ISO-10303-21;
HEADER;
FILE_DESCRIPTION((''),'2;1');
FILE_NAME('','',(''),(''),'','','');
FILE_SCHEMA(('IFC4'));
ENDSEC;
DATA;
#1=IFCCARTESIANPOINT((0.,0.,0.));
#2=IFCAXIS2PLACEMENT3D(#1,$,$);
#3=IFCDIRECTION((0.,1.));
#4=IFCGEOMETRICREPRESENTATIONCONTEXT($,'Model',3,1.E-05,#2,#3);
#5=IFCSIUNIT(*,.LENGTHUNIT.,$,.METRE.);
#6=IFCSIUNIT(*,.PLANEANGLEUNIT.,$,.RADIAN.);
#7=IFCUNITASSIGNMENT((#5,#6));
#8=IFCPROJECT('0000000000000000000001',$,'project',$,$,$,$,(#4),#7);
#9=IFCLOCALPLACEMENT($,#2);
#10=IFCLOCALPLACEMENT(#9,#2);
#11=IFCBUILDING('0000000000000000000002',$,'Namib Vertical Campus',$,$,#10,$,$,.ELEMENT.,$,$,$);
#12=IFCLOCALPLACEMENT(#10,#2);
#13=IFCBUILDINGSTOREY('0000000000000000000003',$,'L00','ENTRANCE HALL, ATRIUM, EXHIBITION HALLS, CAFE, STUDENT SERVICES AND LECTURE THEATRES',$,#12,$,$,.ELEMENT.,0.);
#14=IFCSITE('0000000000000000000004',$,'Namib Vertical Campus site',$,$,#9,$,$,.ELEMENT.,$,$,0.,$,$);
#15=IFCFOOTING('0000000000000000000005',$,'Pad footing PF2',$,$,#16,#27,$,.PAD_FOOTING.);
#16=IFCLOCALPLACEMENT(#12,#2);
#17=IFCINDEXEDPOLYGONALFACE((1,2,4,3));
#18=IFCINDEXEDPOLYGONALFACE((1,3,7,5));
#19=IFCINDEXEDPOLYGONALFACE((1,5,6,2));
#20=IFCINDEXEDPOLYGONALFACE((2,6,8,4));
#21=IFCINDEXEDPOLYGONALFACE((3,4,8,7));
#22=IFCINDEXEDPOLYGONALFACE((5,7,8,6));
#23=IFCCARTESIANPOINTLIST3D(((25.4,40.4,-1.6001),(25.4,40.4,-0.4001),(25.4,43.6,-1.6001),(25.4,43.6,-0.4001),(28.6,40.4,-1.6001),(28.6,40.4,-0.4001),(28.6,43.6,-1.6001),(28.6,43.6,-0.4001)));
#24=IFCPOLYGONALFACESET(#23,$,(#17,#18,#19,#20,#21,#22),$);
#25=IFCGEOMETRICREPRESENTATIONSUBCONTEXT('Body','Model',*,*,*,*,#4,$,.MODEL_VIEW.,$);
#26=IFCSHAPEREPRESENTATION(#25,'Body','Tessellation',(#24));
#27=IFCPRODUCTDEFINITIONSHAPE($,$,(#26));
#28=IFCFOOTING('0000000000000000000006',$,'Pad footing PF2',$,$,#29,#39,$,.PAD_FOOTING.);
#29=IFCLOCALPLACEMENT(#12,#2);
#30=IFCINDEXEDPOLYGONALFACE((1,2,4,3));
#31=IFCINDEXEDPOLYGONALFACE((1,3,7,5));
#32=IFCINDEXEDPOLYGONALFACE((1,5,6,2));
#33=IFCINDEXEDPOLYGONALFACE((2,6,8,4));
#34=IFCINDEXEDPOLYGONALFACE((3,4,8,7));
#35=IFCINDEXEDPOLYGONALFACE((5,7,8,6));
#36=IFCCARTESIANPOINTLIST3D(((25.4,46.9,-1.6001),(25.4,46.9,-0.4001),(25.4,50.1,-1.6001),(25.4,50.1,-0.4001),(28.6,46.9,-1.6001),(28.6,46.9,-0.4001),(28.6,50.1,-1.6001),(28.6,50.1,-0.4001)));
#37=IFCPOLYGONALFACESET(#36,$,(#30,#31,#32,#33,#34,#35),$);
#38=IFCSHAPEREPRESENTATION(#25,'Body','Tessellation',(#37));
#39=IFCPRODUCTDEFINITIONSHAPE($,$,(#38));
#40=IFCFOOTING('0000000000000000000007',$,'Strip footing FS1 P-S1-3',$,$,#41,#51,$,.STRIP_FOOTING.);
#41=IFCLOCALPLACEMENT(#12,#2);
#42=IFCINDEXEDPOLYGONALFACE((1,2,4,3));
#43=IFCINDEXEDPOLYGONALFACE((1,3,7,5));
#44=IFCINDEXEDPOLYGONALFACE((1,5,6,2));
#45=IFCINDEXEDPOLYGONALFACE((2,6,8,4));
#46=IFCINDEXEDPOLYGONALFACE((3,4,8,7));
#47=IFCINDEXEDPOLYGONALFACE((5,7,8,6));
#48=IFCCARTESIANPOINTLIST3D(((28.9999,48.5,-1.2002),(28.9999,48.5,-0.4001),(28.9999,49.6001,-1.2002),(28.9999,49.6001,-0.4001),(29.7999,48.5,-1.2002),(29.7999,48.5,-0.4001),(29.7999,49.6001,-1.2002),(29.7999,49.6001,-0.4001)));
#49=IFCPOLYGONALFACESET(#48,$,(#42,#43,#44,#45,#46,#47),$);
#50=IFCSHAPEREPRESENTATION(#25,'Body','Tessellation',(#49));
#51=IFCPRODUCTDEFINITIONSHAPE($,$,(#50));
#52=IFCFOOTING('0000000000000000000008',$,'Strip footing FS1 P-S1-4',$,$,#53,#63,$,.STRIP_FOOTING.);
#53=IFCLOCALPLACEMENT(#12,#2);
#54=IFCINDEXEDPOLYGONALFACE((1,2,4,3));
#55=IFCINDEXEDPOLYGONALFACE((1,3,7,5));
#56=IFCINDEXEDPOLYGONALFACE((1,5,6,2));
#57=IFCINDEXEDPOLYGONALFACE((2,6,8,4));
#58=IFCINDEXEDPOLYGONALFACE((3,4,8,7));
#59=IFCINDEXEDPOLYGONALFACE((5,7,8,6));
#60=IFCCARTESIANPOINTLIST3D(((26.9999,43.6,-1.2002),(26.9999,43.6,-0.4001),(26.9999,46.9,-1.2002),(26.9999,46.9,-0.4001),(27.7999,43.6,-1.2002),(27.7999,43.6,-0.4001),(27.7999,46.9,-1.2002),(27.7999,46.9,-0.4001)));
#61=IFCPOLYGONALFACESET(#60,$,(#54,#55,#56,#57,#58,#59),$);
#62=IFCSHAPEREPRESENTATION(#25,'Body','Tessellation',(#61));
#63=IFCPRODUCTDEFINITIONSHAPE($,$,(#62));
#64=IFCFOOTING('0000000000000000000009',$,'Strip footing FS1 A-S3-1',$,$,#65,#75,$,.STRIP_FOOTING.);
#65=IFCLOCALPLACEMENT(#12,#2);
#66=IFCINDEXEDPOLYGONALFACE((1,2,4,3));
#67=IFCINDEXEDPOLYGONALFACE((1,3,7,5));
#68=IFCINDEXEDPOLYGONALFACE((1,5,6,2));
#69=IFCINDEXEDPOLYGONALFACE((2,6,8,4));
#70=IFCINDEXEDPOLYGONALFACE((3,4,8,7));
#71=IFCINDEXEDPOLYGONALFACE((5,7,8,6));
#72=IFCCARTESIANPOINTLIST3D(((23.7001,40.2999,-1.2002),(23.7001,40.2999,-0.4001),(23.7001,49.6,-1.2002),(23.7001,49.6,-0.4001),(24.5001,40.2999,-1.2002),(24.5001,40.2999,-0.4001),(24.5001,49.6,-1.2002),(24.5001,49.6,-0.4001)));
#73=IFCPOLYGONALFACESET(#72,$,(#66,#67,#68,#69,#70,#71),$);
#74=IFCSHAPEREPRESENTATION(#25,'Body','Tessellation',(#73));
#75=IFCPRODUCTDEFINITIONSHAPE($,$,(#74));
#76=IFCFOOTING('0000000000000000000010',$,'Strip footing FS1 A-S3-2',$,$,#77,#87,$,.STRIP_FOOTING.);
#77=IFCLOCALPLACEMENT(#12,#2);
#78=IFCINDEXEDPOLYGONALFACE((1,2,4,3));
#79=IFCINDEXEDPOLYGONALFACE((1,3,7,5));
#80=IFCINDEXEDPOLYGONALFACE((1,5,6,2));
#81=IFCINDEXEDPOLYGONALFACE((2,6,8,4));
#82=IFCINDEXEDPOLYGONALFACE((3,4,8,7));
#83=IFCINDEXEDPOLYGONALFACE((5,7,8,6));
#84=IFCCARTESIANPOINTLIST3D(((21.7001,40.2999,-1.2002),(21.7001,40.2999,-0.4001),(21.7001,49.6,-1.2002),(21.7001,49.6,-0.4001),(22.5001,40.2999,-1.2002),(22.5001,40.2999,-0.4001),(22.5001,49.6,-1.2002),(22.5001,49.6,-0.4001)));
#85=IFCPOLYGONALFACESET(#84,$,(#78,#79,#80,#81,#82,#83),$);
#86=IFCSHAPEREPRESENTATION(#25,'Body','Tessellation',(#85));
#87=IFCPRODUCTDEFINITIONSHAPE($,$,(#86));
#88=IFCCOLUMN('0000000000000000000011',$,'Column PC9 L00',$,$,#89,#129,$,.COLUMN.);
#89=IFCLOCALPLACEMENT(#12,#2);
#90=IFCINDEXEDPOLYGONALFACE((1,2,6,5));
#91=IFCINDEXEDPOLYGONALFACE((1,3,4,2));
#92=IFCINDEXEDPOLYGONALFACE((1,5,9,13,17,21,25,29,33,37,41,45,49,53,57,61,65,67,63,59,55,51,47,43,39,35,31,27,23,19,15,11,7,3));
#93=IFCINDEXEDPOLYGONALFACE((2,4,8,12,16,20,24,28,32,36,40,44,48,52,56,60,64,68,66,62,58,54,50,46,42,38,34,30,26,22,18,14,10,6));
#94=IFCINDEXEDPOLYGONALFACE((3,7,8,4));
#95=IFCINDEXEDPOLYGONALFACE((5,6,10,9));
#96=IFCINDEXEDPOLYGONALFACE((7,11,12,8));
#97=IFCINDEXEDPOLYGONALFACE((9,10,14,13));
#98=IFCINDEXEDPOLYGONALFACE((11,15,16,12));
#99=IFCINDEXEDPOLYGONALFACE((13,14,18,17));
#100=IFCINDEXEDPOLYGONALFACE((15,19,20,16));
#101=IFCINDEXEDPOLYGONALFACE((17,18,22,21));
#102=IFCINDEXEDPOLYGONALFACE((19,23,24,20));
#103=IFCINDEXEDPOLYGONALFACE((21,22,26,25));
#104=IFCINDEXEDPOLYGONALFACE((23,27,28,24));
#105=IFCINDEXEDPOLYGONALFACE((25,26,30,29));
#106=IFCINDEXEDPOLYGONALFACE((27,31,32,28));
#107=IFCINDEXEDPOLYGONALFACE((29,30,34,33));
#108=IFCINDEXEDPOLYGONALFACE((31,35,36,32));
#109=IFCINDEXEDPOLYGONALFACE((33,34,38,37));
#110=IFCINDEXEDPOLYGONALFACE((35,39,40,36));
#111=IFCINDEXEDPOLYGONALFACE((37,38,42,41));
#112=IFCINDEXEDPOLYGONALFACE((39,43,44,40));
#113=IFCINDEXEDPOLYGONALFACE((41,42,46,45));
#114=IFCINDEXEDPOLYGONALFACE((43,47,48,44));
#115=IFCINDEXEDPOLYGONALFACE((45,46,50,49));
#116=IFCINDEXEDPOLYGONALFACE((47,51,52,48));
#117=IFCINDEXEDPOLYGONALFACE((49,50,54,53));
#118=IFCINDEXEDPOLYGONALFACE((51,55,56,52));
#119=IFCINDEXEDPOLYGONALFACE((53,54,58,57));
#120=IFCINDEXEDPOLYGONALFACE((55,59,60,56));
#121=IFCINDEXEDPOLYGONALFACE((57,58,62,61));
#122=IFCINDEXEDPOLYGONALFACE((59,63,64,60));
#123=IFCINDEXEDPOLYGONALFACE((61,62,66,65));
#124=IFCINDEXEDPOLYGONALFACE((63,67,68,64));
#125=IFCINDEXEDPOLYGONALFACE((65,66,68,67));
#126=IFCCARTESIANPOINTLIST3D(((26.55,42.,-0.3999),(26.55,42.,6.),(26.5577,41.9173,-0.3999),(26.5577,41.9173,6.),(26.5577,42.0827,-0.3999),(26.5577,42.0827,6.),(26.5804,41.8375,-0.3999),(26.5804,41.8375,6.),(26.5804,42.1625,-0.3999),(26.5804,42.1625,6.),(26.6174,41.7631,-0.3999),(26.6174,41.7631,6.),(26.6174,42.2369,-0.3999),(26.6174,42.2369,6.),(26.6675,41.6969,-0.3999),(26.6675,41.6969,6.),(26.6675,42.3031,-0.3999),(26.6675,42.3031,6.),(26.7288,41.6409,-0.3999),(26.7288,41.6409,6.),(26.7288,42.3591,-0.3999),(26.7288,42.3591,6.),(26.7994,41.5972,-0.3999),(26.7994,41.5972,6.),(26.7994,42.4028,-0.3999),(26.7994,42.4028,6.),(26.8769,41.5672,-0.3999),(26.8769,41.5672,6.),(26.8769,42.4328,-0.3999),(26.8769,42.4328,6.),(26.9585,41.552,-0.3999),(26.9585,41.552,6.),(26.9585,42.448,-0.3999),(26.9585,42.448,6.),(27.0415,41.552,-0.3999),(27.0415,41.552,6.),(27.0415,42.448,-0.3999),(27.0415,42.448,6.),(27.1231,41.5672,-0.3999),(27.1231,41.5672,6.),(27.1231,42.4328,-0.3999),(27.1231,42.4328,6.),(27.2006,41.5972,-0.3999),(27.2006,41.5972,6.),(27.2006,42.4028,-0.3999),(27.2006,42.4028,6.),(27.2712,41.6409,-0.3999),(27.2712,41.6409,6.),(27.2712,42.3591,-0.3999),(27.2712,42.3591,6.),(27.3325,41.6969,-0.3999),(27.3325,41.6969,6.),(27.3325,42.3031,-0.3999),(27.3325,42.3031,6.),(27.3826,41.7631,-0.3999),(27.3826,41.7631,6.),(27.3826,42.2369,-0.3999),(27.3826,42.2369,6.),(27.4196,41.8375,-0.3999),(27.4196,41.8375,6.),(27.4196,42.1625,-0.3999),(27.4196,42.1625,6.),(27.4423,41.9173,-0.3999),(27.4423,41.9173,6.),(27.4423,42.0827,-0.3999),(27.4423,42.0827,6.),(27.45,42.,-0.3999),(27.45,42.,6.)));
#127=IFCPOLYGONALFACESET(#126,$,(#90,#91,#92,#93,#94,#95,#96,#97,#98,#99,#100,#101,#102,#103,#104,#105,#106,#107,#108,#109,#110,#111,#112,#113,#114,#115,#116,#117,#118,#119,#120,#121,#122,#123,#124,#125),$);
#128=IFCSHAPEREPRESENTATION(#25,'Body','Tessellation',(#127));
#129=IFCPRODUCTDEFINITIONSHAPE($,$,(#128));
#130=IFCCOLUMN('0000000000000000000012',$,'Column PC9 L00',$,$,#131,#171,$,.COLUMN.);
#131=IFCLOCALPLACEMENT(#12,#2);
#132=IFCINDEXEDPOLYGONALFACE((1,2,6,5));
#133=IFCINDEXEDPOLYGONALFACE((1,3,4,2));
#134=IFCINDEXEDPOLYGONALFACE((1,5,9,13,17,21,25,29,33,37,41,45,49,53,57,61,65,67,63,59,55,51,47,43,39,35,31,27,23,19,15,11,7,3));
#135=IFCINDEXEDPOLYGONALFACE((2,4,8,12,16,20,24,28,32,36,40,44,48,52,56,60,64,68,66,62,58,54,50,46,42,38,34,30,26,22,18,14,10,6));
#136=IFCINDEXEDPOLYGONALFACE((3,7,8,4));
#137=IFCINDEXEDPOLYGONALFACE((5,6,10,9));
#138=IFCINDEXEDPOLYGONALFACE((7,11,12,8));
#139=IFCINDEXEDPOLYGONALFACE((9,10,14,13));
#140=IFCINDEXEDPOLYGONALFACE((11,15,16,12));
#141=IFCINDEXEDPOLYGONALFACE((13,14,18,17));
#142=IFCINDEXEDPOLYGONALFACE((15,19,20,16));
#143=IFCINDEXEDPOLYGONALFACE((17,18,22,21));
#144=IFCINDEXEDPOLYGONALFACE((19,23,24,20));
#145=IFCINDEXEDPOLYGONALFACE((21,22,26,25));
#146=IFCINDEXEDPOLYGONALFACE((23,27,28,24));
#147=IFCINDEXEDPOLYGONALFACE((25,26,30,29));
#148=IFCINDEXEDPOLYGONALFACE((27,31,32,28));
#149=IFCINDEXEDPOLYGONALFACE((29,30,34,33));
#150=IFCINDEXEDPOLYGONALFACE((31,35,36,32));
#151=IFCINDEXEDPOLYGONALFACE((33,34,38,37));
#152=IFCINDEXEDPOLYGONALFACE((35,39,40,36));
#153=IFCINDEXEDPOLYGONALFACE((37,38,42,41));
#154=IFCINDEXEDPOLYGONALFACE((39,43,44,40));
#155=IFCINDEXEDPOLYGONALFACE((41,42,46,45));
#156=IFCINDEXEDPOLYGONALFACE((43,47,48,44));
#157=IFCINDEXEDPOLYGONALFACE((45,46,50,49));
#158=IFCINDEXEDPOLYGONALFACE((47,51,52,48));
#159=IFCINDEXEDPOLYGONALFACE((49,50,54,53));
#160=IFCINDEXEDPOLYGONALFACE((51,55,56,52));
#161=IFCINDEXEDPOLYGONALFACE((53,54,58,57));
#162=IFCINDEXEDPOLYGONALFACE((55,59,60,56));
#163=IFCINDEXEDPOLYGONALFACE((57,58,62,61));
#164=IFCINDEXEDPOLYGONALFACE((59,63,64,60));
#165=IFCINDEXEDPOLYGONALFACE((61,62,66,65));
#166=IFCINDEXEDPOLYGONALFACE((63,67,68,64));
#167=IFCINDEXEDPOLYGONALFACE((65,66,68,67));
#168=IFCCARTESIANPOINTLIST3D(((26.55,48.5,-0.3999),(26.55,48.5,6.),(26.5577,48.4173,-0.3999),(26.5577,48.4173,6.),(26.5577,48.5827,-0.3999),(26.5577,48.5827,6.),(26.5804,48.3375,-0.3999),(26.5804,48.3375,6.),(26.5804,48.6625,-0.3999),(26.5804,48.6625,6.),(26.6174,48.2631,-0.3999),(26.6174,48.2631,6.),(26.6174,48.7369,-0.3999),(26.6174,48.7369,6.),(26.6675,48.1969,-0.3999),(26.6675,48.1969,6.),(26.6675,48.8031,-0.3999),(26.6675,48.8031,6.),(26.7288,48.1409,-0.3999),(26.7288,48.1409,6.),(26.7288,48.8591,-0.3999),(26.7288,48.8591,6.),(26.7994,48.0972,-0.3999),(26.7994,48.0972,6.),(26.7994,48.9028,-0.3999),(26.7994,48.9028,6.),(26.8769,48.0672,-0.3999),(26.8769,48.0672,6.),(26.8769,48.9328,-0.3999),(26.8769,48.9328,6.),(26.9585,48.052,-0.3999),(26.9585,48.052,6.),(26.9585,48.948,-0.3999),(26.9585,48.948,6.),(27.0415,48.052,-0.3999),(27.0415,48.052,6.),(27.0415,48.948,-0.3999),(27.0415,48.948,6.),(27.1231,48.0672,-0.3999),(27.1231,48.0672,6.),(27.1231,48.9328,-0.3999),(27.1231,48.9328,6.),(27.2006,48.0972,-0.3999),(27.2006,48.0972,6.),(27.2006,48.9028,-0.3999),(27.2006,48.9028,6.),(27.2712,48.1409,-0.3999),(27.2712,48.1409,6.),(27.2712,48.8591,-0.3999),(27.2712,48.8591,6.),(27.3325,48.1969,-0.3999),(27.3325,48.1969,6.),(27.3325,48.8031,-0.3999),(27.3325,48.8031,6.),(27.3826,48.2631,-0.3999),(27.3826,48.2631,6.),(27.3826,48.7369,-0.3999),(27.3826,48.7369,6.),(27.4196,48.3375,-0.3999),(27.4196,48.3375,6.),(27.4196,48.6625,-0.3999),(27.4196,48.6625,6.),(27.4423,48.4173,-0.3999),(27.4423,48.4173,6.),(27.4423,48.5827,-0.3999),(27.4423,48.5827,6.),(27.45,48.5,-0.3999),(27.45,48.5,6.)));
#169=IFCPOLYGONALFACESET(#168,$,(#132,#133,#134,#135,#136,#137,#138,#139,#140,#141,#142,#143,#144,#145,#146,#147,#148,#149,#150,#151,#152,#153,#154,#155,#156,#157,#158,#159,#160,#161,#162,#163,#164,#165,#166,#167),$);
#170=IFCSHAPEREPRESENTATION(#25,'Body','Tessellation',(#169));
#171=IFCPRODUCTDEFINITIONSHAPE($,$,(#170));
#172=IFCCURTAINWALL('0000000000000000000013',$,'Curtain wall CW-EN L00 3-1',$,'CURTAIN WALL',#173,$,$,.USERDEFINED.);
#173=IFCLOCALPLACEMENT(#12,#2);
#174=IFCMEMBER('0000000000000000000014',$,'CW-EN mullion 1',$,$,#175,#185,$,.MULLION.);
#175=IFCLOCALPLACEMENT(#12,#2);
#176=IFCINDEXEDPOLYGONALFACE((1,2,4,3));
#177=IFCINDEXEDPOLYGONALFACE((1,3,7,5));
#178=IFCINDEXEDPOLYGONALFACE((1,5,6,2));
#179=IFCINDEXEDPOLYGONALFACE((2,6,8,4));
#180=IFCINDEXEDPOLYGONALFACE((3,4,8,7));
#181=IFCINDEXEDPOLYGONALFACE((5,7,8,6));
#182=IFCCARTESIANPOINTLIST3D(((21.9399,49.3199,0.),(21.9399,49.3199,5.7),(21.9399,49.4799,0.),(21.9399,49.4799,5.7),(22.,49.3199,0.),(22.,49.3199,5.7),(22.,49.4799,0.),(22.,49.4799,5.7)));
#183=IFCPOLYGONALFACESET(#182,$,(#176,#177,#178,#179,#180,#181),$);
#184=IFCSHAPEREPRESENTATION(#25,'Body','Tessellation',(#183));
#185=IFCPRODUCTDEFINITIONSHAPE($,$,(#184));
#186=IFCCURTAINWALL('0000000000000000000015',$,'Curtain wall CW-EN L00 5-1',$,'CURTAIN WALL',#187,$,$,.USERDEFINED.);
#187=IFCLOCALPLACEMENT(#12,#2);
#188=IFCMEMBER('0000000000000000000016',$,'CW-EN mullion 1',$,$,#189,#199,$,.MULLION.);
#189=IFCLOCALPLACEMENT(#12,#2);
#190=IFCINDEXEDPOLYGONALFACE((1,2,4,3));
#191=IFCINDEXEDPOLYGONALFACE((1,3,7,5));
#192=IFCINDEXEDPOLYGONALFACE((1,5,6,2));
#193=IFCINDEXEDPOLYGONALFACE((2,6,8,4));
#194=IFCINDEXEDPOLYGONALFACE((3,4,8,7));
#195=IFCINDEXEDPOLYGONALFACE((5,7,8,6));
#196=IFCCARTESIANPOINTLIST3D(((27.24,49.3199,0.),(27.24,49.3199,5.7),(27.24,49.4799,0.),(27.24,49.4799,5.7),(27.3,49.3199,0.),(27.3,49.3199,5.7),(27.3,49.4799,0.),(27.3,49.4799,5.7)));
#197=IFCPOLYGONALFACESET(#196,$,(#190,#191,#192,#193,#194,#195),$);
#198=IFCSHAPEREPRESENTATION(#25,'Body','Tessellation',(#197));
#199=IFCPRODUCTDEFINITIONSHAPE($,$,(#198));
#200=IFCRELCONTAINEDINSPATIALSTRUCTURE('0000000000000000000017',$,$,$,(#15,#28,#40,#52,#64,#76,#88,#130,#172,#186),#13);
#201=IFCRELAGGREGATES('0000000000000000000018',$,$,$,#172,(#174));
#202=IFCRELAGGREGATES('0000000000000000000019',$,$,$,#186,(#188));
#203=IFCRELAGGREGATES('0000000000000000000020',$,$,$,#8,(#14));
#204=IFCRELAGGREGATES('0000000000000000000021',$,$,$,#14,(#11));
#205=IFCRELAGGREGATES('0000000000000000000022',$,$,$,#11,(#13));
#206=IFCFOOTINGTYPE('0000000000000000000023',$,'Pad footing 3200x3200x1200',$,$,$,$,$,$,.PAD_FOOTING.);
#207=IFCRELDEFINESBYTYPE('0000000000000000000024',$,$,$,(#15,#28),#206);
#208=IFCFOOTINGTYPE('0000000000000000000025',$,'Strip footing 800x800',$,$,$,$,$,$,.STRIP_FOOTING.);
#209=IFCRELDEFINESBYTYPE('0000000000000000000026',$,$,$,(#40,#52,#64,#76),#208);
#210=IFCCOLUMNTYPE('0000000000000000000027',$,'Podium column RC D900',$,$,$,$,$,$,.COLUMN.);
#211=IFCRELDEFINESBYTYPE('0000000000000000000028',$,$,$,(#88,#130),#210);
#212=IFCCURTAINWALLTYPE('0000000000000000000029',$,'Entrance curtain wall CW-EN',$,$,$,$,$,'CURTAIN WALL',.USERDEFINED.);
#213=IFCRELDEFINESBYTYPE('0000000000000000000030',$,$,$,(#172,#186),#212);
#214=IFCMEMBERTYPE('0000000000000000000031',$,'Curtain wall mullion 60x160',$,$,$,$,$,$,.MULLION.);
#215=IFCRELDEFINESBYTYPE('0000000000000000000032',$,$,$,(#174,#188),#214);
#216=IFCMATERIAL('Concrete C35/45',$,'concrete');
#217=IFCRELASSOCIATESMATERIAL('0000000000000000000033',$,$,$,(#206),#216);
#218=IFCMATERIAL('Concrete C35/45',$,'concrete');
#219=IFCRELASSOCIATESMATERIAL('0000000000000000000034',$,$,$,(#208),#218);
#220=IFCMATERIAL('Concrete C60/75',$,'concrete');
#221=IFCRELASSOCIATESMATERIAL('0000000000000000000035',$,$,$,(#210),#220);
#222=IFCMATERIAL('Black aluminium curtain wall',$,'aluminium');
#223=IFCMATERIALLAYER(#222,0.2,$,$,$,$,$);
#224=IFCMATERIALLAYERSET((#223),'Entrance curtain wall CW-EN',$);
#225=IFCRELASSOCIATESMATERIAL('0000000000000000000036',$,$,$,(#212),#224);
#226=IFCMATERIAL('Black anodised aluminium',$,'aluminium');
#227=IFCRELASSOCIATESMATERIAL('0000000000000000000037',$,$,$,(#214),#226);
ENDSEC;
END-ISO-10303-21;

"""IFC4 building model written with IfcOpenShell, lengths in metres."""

from ifc_helpers import new_model, si_unit, direction, frame, origin, origin_2d, place, context, subcontext, project, spatial, rectangle, circle, extrude, material, layer, layer_set, material_profile, profile_set, type_object, element, aggregate, save


model = new_model("IFC4")

# Units and contexts
model_context = context("Model", 3, precision=1e-05, world=origin(), true_north=direction((0.0, 1.0)))
body_context = subcontext(model_context, "Body", "Model", "MODEL_VIEW")
ifc_project = project(units=[si_unit("LENGTHUNIT", "METRE"), si_unit("PLANEANGLEUNIT", "RADIAN")], contexts=[model_context])

# Site, building, storey
site_placement = place(None, origin())
site = spatial("IfcSite", under=ifc_project, at=site_placement, Name="Namib Vertical Campus site", CompositionType="ELEMENT", RefElevation=0.0)
building_placement = place(site_placement, origin())
building = spatial("IfcBuilding", under=site, at=building_placement, Name="Namib Vertical Campus", CompositionType="ELEMENT")
storey_placement = place(building_placement, origin())
storey = spatial("IfcBuildingStorey", under=building, at=storey_placement, Name="L00", Description="ENTRANCE HALL, ATRIUM, EXHIBITION HALLS, CAFE, STUDENT SERVICES AND LECTURE THEATRES", CompositionType="ELEMENT", Elevation=0.0)

# Footings
ifc_material_1 = material(Name="Concrete C35/45", Category="concrete")
footing_type_1 = type_object("IfcFootingType", Name="Pad footing 3200x3200x1200", PredefinedType="PAD_FOOTING", material=ifc_material_1)
for number, where, z_axis, x_axis, name in (
    (1, (27.0, 42.0, -1.6001), (0.0, 0.0, 1.0), (1.0, 0.0, 0.0), "Pad footing PF2"),
    (2, (27.0, 48.5, -1.6001), (0.0, 0.0, 1.0), (1.0, 0.0, 0.0), "Pad footing PF2"),
):
    element("IfcFooting", number, at=place(storey_placement, frame(where, z_axis=z_axis, x_axis=x_axis)), inside=storey, type_object=footing_type_1, Name=name, PredefinedType="PAD_FOOTING", context=body_context, shape_type="SweptSolid", body=[
        extrude(rectangle(XDim=3.2, YDim=3.2, at=origin_2d()), origin(), (0.0, 0.0, 1.0), 1.2),
    ])
ifc_material_2 = material(Name="Concrete C35/45", Category="concrete")
footing_type_2 = type_object("IfcFootingType", Name="Strip footing 800x800", PredefinedType="STRIP_FOOTING", material=ifc_material_2)
footing_1_placement = place(storey_placement, frame((29.3999, 49.05, -1.2002), z_axis=(0.0, 0.0, 1.0), x_axis=(1.0, 0.0, 0.0)))
element("IfcFooting", 3, at=footing_1_placement, inside=storey, type_object=footing_type_2, Name="Strip footing FS1 P-S1-3", PredefinedType="STRIP_FOOTING", context=body_context, shape_type="SweptSolid", body=[
    extrude(rectangle(XDim=0.8, YDim=1.1001, at=origin_2d()), origin(), (0.0, 0.0, 1.0), 0.8),
])
footing_2_placement = place(storey_placement, frame((27.3999, 45.25, -1.2002), z_axis=(0.0, 0.0, 1.0), x_axis=(1.0, 0.0, 0.0)))
element("IfcFooting", 4, at=footing_2_placement, inside=storey, type_object=footing_type_2, Name="Strip footing FS1 P-S1-4", PredefinedType="STRIP_FOOTING", context=body_context, shape_type="SweptSolid", body=[
    extrude(rectangle(XDim=0.8, YDim=3.3, at=origin_2d()), origin(), (0.0, 0.0, 1.0), 0.8),
])
for number, where, z_axis, x_axis, name in (
    (5, (24.1001, 44.95, -1.2002), (0.0, 0.0, 1.0), (1.0, 0.0, 0.0), "Strip footing FS1 A-S3-1"),
    (6, (22.1001, 44.95, -1.2002), (0.0, 0.0, 1.0), (1.0, 0.0, 0.0), "Strip footing FS1 A-S3-2"),
):
    element("IfcFooting", number, at=place(storey_placement, frame(where, z_axis=z_axis, x_axis=x_axis)), inside=storey, type_object=footing_type_2, Name=name, PredefinedType="STRIP_FOOTING", context=body_context, shape_type="SweptSolid", body=[
        extrude(rectangle(XDim=0.8, YDim=9.3, at=origin_2d()), origin(), (0.0, 0.0, 1.0), 0.8),
    ])

# Columns
ifc_material_3 = material(Name="Concrete C60/75", Category="concrete")
ifc_material_profile_1 = material_profile(ifc_material_3, circle(Radius=0.45, at=origin_2d()))
ifc_profile_set_1 = profile_set([ifc_material_profile_1], Name="Concrete C60/75")
column_type = type_object("IfcColumnType", Name="Podium column RC D900", PredefinedType="COLUMN", material=ifc_profile_set_1)
for number, where, z_axis, x_axis, name in (
    (7, (27.0, 42.0, -0.3999), (0.0, 0.0, 1.0), (1.0, 0.0, 0.0), "Column PC9 L00"),
    (8, (27.0, 48.5, -0.3999), (0.0, 0.0, 1.0), (1.0, 0.0, 0.0), "Column PC9 L00"),
):
    element("IfcColumn", number, at=place(storey_placement, frame(where, z_axis=z_axis, x_axis=x_axis)), inside=storey, type_object=column_type, Name=name, PredefinedType="COLUMN", context=body_context, shape_type="SweptSolid", body=[
        extrude(circle(Radius=0.45, at=origin_2d()), origin(), (0.0, 0.0, 1.0), 6.3999),
    ])

# Curtain wall, member
ifc_material_4 = material(Name="Black aluminium curtain wall", Category="aluminium")
ifc_layer_1 = layer(ifc_material_4, 0.2)
ifc_layer_set_1 = layer_set([ifc_layer_1], Name="Entrance curtain wall CW-EN")
curtain_wall_type = type_object("IfcCurtainWallType", Name="Entrance curtain wall CW-EN", ElementType="CURTAIN WALL", PredefinedType="USERDEFINED", material=ifc_layer_set_1)
curtain_wall_1_placement = place(storey_placement, origin())
curtain_wall_1 = element("IfcCurtainWall", 9, at=curtain_wall_1_placement, inside=storey, type_object=curtain_wall_type, Name="Curtain wall CW-EN L00 3-1", ObjectType="CURTAIN WALL", PredefinedType="USERDEFINED")
ifc_material_5 = material(Name="Black anodised aluminium", Category="aluminium")
ifc_material_profile_2 = material_profile(ifc_material_5, rectangle(XDim=0.0601, YDim=0.1599, at=origin_2d()))
ifc_profile_set_2 = profile_set([ifc_material_profile_2], Name="Black anodised aluminium")
member_type_1 = type_object("IfcMemberType", Name="Curtain wall mullion 60x160", PredefinedType="MULLION", material=ifc_profile_set_2)
member_1_placement = place(storey_placement, frame((21.97, 49.3999, 0.0), z_axis=(0.0, 0.0, 1.0), x_axis=(-1.0, 0.0, 0.0)))
member_1 = element("IfcMember", 10, at=member_1_placement, type_object=member_type_1, Name="CW-EN mullion 1", PredefinedType="MULLION", context=body_context, shape_type="SweptSolid", body=[
    extrude(rectangle(XDim=0.0601, YDim=0.1599, at=origin_2d()), origin(), (0.0, 0.0, 1.0), 5.7),
])

# Curtain wall, member
curtain_wall_2_placement = place(storey_placement, origin())
curtain_wall_2 = element("IfcCurtainWall", 11, at=curtain_wall_2_placement, inside=storey, type_object=curtain_wall_type, Name="Curtain wall CW-EN L00 5-1", ObjectType="CURTAIN WALL", PredefinedType="USERDEFINED")
member_2_placement = place(storey_placement, frame((27.27, 49.3999, 0.0), z_axis=(0.0, 0.0, 1.0), x_axis=(-1.0, 0.0, 0.0)))
member_2 = element("IfcMember", 12, at=member_2_placement, type_object=member_type_1, Name="CW-EN mullion 1", PredefinedType="MULLION", context=body_context, shape_type="SweptSolid", body=[
    extrude(rectangle(XDim=0.0601, YDim=0.1599, at=origin_2d()), origin(), (0.0, 0.0, 1.0), 5.7),
])

aggregate(curtain_wall_1, [member_1])

aggregate(curtain_wall_2, [member_2])

save(model, "model.ifc")
